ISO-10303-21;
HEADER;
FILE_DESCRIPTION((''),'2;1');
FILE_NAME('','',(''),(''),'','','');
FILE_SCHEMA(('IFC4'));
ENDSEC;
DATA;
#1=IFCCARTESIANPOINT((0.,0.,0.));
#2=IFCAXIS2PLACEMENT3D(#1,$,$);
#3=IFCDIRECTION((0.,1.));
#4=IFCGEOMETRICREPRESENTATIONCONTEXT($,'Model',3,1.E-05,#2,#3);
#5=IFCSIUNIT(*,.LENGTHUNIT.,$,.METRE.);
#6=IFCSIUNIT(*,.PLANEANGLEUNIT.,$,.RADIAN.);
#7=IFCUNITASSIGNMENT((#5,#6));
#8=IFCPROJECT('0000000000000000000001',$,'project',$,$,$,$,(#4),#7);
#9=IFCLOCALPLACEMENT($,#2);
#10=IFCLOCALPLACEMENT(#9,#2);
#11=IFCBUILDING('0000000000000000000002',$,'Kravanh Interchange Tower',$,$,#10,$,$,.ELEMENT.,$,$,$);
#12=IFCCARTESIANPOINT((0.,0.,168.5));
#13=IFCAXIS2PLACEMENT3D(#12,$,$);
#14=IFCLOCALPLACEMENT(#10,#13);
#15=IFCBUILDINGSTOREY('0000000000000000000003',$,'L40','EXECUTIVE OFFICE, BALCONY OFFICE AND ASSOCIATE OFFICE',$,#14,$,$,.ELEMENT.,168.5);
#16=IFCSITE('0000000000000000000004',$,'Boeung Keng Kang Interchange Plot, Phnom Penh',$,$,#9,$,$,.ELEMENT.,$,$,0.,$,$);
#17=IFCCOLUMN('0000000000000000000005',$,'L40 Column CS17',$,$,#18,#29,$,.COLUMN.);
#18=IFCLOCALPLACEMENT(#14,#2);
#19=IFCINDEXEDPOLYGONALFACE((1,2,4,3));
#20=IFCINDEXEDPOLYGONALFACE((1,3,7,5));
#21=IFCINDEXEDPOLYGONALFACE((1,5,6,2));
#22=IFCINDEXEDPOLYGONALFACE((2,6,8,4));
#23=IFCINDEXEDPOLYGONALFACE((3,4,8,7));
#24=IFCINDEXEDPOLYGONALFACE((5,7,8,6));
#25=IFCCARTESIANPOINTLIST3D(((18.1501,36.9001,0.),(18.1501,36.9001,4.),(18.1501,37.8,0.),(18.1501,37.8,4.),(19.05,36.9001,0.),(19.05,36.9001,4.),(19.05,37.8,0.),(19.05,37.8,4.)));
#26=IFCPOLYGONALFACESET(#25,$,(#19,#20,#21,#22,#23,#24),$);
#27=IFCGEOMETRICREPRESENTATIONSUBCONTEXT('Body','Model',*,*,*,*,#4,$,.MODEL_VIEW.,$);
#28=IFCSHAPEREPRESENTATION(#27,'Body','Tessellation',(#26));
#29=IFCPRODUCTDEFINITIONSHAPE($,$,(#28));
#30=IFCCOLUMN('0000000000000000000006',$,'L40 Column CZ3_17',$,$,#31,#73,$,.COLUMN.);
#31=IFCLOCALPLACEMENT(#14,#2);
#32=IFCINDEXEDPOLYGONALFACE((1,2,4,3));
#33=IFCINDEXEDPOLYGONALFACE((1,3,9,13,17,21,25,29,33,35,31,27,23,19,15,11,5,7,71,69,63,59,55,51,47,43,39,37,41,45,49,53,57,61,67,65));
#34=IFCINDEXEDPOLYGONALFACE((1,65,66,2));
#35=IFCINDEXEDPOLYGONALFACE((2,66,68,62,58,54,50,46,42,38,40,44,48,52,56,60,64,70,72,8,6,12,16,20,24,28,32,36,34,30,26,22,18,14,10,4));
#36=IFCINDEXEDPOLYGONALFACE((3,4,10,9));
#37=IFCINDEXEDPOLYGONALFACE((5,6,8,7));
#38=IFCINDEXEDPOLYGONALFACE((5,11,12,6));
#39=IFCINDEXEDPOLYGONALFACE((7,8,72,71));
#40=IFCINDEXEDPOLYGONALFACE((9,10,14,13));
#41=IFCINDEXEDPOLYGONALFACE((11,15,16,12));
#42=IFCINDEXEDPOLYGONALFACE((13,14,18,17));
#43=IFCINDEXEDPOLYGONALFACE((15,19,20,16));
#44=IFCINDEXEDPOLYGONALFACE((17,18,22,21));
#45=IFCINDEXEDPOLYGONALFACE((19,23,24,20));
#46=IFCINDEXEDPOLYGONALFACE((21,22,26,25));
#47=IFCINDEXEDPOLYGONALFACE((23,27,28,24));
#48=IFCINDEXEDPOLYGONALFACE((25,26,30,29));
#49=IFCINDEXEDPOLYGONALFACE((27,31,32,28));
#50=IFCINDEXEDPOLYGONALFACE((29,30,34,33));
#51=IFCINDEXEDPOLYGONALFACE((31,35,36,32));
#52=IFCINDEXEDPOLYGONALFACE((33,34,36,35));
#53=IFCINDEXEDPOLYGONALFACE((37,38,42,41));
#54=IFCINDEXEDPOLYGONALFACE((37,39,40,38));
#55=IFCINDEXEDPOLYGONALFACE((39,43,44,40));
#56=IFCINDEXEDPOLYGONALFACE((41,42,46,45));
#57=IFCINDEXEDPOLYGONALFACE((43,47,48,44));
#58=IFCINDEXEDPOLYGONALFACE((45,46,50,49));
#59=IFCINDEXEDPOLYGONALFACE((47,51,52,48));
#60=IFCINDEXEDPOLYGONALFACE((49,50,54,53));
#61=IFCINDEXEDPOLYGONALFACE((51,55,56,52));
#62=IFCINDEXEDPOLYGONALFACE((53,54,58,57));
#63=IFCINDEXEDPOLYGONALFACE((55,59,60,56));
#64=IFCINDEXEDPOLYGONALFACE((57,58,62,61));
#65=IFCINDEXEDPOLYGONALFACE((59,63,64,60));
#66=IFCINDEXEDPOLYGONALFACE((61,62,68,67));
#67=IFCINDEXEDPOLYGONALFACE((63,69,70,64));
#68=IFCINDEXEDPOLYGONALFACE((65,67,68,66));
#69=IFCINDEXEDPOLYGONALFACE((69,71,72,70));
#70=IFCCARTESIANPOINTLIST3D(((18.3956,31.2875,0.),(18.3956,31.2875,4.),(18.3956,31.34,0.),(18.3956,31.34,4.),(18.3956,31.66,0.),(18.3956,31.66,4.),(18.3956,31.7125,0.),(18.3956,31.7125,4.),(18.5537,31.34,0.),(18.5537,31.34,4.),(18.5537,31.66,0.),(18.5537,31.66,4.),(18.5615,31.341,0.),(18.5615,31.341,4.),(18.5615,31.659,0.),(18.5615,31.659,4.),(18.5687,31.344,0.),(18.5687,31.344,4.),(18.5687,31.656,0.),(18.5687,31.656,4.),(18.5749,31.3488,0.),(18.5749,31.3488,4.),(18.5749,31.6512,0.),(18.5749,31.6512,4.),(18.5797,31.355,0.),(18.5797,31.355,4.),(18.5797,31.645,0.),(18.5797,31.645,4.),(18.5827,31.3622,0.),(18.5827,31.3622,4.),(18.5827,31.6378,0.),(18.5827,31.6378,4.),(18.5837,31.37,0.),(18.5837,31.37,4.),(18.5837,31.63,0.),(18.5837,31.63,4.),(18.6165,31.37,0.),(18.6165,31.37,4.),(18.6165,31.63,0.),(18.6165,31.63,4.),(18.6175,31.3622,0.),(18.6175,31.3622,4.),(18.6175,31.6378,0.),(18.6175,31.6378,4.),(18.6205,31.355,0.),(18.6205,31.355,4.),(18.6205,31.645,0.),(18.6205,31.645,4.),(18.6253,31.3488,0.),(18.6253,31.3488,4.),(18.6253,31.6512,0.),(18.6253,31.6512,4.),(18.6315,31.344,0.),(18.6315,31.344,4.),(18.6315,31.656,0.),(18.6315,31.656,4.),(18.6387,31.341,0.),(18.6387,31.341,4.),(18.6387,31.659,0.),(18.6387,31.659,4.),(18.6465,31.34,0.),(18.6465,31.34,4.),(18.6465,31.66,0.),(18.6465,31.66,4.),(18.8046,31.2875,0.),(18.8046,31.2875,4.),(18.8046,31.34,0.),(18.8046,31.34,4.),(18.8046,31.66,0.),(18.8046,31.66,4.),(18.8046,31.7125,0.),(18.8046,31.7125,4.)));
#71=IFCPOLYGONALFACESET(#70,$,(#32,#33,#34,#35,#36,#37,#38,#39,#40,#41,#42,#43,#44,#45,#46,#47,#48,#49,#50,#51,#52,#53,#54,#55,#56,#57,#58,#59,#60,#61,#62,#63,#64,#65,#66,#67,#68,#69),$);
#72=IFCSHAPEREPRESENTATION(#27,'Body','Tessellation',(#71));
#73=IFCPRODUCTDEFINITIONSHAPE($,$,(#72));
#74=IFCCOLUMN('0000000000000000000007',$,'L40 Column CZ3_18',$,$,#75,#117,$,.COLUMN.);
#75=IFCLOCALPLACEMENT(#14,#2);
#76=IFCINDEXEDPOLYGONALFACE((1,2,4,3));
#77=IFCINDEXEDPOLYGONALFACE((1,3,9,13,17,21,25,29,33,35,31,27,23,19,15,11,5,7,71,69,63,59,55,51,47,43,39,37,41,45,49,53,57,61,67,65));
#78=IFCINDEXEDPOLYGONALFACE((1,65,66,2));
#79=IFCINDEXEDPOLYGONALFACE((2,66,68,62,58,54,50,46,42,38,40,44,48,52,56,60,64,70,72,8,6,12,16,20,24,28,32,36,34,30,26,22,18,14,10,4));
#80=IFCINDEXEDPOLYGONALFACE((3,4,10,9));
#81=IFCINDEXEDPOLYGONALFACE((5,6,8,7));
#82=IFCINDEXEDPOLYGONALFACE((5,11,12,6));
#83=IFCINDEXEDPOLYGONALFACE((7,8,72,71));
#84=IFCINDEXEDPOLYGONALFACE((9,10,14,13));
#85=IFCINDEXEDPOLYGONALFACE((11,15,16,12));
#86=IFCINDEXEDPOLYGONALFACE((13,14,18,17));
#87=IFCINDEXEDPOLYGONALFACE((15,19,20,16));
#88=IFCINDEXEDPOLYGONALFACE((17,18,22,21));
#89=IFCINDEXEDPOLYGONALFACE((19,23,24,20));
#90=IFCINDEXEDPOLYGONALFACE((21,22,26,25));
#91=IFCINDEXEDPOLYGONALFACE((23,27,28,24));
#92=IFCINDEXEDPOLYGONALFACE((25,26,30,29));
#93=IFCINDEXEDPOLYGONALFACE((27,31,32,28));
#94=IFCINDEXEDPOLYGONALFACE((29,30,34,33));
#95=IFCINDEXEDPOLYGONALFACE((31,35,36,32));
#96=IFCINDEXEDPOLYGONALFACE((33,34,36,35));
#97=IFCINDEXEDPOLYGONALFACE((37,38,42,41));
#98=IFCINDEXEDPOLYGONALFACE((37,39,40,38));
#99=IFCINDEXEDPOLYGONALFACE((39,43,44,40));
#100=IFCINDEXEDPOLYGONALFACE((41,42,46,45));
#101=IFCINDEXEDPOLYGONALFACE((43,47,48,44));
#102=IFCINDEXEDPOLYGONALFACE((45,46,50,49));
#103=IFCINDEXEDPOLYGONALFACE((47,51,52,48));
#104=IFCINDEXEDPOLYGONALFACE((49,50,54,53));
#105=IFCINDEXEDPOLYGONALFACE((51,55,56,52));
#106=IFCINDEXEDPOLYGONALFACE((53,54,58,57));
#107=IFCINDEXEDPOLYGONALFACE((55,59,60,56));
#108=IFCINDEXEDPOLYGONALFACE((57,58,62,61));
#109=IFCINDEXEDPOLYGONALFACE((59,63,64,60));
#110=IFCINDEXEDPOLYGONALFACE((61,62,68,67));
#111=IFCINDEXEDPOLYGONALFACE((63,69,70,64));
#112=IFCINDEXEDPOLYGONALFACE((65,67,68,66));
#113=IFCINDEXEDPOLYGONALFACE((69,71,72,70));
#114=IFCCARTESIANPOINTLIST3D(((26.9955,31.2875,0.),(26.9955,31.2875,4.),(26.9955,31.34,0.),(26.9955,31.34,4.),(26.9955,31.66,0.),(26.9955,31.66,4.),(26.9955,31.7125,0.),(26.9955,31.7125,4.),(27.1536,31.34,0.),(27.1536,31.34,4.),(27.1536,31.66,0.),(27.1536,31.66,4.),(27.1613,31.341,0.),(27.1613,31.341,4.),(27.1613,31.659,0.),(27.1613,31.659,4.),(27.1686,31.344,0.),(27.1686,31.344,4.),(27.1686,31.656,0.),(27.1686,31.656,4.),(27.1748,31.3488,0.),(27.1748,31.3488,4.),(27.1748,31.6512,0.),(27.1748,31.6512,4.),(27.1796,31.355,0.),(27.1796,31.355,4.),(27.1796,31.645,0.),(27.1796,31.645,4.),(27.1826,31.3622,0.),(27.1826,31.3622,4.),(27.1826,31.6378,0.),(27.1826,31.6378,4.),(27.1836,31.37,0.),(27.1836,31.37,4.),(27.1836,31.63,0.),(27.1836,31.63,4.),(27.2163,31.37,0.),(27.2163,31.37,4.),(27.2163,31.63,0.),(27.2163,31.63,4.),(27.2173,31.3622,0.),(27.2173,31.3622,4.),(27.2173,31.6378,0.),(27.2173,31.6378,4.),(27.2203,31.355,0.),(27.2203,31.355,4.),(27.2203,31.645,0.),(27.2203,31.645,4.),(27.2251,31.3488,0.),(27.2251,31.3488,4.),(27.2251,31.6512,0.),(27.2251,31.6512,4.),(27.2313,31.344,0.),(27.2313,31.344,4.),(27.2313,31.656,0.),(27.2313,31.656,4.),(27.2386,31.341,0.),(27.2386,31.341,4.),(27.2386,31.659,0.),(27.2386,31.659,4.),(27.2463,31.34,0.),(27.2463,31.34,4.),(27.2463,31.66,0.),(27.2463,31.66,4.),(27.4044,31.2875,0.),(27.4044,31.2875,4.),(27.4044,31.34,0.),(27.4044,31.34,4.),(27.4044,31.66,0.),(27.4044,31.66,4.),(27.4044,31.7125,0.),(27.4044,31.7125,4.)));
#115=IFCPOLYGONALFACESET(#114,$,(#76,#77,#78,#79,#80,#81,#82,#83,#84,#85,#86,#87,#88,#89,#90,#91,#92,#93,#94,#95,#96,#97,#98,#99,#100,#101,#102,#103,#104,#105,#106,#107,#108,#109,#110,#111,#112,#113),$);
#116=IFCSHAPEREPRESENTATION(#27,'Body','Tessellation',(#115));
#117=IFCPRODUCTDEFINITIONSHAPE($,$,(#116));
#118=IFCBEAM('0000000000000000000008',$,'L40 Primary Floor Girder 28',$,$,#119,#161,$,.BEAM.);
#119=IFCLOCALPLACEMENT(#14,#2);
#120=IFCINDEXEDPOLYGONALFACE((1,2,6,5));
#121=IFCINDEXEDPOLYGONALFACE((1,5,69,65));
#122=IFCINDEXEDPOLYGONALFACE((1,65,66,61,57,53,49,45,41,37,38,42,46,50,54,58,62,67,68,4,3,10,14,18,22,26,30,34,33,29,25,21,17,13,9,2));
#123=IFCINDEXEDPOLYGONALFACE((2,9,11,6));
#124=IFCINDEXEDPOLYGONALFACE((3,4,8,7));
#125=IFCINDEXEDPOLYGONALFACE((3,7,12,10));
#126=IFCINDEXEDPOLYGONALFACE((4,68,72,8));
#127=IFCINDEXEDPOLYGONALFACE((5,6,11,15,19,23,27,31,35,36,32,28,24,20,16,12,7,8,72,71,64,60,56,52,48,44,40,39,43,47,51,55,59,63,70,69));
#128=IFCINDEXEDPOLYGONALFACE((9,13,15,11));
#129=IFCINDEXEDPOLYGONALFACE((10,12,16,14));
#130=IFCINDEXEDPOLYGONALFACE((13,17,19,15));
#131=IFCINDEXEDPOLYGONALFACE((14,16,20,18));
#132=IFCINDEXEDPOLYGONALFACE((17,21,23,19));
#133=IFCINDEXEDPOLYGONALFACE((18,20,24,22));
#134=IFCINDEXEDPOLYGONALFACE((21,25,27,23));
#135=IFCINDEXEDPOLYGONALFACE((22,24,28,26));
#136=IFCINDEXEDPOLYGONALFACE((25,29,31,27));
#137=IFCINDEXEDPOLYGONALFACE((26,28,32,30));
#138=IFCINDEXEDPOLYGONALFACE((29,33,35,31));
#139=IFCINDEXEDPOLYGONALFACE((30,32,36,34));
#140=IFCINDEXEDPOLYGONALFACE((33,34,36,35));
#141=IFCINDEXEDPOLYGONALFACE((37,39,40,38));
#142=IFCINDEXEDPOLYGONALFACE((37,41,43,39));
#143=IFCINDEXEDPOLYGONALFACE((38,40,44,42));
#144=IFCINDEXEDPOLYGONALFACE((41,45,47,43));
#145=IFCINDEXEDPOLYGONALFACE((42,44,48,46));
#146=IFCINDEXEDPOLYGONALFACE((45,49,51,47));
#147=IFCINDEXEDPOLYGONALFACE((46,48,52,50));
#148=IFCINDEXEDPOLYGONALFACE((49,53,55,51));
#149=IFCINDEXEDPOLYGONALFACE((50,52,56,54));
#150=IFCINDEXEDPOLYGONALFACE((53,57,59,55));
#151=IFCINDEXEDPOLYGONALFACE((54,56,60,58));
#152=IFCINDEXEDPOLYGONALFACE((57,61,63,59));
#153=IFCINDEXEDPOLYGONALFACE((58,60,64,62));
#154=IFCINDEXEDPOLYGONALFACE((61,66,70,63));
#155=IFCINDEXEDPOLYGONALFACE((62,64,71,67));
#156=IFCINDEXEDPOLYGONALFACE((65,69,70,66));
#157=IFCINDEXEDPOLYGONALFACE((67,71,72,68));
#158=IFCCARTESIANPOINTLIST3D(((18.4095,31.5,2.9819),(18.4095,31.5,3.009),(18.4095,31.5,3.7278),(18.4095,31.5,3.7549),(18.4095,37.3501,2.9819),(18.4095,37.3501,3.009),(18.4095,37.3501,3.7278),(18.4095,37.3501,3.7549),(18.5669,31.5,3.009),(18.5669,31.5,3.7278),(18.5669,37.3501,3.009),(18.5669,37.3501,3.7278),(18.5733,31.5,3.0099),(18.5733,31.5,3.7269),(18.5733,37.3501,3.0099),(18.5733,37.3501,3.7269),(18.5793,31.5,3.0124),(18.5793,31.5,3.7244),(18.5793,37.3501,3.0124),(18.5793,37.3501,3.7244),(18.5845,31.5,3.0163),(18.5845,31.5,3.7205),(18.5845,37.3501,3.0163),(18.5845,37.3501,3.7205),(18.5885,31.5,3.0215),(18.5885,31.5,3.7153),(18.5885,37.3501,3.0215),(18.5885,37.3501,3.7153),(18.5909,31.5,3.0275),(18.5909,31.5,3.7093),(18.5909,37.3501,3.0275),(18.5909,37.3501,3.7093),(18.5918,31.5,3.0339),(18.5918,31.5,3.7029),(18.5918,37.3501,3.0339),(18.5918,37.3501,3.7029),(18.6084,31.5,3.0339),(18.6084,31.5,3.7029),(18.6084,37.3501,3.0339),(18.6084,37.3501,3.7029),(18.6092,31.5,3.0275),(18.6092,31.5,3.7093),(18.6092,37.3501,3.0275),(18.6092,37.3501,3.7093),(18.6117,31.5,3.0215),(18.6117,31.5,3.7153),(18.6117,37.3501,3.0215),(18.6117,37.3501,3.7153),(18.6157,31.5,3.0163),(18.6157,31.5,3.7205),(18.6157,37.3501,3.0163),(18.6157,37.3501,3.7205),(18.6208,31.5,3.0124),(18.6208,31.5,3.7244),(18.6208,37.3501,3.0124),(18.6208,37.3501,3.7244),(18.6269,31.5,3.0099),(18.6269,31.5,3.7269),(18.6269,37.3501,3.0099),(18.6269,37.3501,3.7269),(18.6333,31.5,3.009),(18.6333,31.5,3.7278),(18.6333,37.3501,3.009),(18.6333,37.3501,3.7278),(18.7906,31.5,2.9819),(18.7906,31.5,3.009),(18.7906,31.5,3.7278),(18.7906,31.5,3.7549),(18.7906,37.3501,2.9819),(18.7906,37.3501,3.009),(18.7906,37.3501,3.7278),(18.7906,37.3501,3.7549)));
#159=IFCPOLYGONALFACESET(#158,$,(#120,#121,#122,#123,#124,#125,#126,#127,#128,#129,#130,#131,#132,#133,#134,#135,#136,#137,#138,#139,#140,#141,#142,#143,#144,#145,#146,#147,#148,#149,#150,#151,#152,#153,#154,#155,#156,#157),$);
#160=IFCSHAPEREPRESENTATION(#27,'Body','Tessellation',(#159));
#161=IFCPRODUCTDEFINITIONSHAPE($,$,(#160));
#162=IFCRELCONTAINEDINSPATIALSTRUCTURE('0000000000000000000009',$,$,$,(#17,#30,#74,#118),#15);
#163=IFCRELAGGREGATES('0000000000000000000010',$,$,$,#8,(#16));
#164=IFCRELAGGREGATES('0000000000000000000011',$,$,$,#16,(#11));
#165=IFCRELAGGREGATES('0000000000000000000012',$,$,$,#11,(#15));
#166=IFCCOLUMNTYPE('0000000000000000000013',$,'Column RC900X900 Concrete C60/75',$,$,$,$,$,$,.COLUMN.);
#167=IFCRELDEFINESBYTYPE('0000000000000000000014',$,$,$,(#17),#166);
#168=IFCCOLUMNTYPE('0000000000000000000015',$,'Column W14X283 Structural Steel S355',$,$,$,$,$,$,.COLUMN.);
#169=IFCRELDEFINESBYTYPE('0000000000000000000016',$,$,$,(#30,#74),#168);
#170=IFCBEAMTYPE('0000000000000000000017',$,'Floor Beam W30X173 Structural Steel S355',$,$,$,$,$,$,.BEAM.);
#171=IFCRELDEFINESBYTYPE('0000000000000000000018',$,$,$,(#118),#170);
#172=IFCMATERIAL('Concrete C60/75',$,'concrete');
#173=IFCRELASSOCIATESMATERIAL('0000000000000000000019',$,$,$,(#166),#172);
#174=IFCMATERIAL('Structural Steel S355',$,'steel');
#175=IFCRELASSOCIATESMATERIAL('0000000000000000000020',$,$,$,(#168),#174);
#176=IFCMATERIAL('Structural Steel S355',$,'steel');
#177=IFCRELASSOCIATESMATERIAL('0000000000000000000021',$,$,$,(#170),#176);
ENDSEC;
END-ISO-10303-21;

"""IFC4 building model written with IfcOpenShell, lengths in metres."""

from ifc_helpers import new_model, si_unit, direction, frame, origin, origin_2d, place, context, subcontext, project, spatial, rectangle, i_section, extrude, material, material_profile, profile_set, type_object, element, save


model = new_model("IFC4")

# Units and contexts
model_context = context("Model", 3, precision=1e-05, world=origin(), true_north=direction((0.0, 1.0)))
body_context = subcontext(model_context, "Body", "Model", "MODEL_VIEW")
ifc_project = project(units=[si_unit("LENGTHUNIT", "METRE"), si_unit("PLANEANGLEUNIT", "RADIAN")], contexts=[model_context])

# Site, building, storey
site_placement = place(None, origin())
site = spatial("IfcSite", under=ifc_project, at=site_placement, Name="Boeung Keng Kang Interchange Plot, Phnom Penh", CompositionType="ELEMENT", RefElevation=0.0)
building_placement = place(site_placement, origin())
building = spatial("IfcBuilding", under=site, at=building_placement, Name="Kravanh Interchange Tower", CompositionType="ELEMENT")
storey_placement = place(building_placement, frame((0.0, 0.0, 168.5)))
storey = spatial("IfcBuildingStorey", under=building, at=storey_placement, Name="L40", Description="EXECUTIVE OFFICE, BALCONY OFFICE AND ASSOCIATE OFFICE", CompositionType="ELEMENT", Elevation=168.5)

# Columns
ifc_material_1 = material(Name="Concrete C60/75", Category="concrete")
ifc_material_profile_1 = material_profile(ifc_material_1, rectangle(XDim=0.8999, YDim=0.8999, at=origin_2d()), Name="RC900X900")
ifc_profile_set_1 = profile_set([ifc_material_profile_1], Name="Concrete C60/75")
column_type_1 = type_object("IfcColumnType", Name="Column RC900X900 Concrete C60/75", PredefinedType="COLUMN", material=ifc_profile_set_1)
column_placement = place(storey_placement, frame((18.6001, 37.3501, 0.0), z_axis=(0.0, 0.0, 1.0), x_axis=(1.0, 0.0, 0.0)))
element("IfcColumn", 1, at=column_placement, inside=storey, type_object=column_type_1, Name="L40 Column CS17", PredefinedType="COLUMN", context=body_context, shape_type="SweptSolid", body=[
    extrude(rectangle(XDim=0.8999, YDim=0.8999, at=origin_2d()), origin(), (0.0, 0.0, 1.0), 4.0),
])
ifc_material_2 = material(Name="Structural Steel S355", Category="steel")
ifc_material_profile_2 = material_profile(ifc_material_2, i_section(OverallWidth=0.4089, OverallDepth=0.425, WebThickness=0.0327, FlangeThickness=0.0525, FilletRadius=0.03, at=origin_2d()), Name="W14X283")
ifc_profile_set_2 = profile_set([ifc_material_profile_2], Name="Structural Steel S355")
column_type_2 = type_object("IfcColumnType", Name="Column W14X283 Structural Steel S355", PredefinedType="COLUMN", material=ifc_profile_set_2)
for number, where, z_axis, x_axis, name in (
    (2, (18.6001, 31.5, 0.0), (0.0, 0.0, 1.0), (1.0, 0.0, 0.0), "L40 Column CZ3_17"),
    (3, (27.2, 31.5, 0.0), (0.0, 0.0, 1.0), (1.0, 0.0, 0.0), "L40 Column CZ3_18"),
):
    element("IfcColumn", number, at=place(storey_placement, frame(where, z_axis=z_axis, x_axis=x_axis)), inside=storey, type_object=column_type_2, Name=name, PredefinedType="COLUMN", context=body_context, shape_type="SweptSolid", body=[
        extrude(i_section(OverallWidth=0.4089, OverallDepth=0.425, WebThickness=0.0327, FlangeThickness=0.0525, FilletRadius=0.03, at=origin_2d()), origin(), (0.0, 0.0, 1.0), 4.0),
    ])

# Beam
ifc_material_3 = material(Name="Structural Steel S355", Category="steel")
ifc_material_profile_3 = material_profile(ifc_material_3, i_section(OverallWidth=0.3811, OverallDepth=0.7729, WebThickness=0.0166, FlangeThickness=0.0271, FilletRadius=0.0249, at=origin_2d()), Name="W30X173")
ifc_profile_set_3 = profile_set([ifc_material_profile_3], Name="Structural Steel S355")
beam_type_1 = type_object("IfcBeamType", Name="Floor Beam W30X173 Structural Steel S355", PredefinedType="BEAM", material=ifc_profile_set_3)
beam_1_placement = place(storey_placement, frame((18.6001, 37.3501, 3.3684), z_axis=(0.0, -1.0, 0.0), x_axis=(1.0, 0.0, 0.0)))
element("IfcBeam", 4, at=beam_1_placement, inside=storey, type_object=beam_type_1, Name="L40 Primary Floor Girder 28", PredefinedType="BEAM", context=body_context, shape_type="SweptSolid", body=[
    extrude(i_section(OverallWidth=0.3811, OverallDepth=0.7729, WebThickness=0.0166, FlangeThickness=0.0271, FilletRadius=0.0249, at=origin_2d()), origin(), (0.0, 0.0, 1.0), 5.8501),
])

save(model, "model.ifc")
